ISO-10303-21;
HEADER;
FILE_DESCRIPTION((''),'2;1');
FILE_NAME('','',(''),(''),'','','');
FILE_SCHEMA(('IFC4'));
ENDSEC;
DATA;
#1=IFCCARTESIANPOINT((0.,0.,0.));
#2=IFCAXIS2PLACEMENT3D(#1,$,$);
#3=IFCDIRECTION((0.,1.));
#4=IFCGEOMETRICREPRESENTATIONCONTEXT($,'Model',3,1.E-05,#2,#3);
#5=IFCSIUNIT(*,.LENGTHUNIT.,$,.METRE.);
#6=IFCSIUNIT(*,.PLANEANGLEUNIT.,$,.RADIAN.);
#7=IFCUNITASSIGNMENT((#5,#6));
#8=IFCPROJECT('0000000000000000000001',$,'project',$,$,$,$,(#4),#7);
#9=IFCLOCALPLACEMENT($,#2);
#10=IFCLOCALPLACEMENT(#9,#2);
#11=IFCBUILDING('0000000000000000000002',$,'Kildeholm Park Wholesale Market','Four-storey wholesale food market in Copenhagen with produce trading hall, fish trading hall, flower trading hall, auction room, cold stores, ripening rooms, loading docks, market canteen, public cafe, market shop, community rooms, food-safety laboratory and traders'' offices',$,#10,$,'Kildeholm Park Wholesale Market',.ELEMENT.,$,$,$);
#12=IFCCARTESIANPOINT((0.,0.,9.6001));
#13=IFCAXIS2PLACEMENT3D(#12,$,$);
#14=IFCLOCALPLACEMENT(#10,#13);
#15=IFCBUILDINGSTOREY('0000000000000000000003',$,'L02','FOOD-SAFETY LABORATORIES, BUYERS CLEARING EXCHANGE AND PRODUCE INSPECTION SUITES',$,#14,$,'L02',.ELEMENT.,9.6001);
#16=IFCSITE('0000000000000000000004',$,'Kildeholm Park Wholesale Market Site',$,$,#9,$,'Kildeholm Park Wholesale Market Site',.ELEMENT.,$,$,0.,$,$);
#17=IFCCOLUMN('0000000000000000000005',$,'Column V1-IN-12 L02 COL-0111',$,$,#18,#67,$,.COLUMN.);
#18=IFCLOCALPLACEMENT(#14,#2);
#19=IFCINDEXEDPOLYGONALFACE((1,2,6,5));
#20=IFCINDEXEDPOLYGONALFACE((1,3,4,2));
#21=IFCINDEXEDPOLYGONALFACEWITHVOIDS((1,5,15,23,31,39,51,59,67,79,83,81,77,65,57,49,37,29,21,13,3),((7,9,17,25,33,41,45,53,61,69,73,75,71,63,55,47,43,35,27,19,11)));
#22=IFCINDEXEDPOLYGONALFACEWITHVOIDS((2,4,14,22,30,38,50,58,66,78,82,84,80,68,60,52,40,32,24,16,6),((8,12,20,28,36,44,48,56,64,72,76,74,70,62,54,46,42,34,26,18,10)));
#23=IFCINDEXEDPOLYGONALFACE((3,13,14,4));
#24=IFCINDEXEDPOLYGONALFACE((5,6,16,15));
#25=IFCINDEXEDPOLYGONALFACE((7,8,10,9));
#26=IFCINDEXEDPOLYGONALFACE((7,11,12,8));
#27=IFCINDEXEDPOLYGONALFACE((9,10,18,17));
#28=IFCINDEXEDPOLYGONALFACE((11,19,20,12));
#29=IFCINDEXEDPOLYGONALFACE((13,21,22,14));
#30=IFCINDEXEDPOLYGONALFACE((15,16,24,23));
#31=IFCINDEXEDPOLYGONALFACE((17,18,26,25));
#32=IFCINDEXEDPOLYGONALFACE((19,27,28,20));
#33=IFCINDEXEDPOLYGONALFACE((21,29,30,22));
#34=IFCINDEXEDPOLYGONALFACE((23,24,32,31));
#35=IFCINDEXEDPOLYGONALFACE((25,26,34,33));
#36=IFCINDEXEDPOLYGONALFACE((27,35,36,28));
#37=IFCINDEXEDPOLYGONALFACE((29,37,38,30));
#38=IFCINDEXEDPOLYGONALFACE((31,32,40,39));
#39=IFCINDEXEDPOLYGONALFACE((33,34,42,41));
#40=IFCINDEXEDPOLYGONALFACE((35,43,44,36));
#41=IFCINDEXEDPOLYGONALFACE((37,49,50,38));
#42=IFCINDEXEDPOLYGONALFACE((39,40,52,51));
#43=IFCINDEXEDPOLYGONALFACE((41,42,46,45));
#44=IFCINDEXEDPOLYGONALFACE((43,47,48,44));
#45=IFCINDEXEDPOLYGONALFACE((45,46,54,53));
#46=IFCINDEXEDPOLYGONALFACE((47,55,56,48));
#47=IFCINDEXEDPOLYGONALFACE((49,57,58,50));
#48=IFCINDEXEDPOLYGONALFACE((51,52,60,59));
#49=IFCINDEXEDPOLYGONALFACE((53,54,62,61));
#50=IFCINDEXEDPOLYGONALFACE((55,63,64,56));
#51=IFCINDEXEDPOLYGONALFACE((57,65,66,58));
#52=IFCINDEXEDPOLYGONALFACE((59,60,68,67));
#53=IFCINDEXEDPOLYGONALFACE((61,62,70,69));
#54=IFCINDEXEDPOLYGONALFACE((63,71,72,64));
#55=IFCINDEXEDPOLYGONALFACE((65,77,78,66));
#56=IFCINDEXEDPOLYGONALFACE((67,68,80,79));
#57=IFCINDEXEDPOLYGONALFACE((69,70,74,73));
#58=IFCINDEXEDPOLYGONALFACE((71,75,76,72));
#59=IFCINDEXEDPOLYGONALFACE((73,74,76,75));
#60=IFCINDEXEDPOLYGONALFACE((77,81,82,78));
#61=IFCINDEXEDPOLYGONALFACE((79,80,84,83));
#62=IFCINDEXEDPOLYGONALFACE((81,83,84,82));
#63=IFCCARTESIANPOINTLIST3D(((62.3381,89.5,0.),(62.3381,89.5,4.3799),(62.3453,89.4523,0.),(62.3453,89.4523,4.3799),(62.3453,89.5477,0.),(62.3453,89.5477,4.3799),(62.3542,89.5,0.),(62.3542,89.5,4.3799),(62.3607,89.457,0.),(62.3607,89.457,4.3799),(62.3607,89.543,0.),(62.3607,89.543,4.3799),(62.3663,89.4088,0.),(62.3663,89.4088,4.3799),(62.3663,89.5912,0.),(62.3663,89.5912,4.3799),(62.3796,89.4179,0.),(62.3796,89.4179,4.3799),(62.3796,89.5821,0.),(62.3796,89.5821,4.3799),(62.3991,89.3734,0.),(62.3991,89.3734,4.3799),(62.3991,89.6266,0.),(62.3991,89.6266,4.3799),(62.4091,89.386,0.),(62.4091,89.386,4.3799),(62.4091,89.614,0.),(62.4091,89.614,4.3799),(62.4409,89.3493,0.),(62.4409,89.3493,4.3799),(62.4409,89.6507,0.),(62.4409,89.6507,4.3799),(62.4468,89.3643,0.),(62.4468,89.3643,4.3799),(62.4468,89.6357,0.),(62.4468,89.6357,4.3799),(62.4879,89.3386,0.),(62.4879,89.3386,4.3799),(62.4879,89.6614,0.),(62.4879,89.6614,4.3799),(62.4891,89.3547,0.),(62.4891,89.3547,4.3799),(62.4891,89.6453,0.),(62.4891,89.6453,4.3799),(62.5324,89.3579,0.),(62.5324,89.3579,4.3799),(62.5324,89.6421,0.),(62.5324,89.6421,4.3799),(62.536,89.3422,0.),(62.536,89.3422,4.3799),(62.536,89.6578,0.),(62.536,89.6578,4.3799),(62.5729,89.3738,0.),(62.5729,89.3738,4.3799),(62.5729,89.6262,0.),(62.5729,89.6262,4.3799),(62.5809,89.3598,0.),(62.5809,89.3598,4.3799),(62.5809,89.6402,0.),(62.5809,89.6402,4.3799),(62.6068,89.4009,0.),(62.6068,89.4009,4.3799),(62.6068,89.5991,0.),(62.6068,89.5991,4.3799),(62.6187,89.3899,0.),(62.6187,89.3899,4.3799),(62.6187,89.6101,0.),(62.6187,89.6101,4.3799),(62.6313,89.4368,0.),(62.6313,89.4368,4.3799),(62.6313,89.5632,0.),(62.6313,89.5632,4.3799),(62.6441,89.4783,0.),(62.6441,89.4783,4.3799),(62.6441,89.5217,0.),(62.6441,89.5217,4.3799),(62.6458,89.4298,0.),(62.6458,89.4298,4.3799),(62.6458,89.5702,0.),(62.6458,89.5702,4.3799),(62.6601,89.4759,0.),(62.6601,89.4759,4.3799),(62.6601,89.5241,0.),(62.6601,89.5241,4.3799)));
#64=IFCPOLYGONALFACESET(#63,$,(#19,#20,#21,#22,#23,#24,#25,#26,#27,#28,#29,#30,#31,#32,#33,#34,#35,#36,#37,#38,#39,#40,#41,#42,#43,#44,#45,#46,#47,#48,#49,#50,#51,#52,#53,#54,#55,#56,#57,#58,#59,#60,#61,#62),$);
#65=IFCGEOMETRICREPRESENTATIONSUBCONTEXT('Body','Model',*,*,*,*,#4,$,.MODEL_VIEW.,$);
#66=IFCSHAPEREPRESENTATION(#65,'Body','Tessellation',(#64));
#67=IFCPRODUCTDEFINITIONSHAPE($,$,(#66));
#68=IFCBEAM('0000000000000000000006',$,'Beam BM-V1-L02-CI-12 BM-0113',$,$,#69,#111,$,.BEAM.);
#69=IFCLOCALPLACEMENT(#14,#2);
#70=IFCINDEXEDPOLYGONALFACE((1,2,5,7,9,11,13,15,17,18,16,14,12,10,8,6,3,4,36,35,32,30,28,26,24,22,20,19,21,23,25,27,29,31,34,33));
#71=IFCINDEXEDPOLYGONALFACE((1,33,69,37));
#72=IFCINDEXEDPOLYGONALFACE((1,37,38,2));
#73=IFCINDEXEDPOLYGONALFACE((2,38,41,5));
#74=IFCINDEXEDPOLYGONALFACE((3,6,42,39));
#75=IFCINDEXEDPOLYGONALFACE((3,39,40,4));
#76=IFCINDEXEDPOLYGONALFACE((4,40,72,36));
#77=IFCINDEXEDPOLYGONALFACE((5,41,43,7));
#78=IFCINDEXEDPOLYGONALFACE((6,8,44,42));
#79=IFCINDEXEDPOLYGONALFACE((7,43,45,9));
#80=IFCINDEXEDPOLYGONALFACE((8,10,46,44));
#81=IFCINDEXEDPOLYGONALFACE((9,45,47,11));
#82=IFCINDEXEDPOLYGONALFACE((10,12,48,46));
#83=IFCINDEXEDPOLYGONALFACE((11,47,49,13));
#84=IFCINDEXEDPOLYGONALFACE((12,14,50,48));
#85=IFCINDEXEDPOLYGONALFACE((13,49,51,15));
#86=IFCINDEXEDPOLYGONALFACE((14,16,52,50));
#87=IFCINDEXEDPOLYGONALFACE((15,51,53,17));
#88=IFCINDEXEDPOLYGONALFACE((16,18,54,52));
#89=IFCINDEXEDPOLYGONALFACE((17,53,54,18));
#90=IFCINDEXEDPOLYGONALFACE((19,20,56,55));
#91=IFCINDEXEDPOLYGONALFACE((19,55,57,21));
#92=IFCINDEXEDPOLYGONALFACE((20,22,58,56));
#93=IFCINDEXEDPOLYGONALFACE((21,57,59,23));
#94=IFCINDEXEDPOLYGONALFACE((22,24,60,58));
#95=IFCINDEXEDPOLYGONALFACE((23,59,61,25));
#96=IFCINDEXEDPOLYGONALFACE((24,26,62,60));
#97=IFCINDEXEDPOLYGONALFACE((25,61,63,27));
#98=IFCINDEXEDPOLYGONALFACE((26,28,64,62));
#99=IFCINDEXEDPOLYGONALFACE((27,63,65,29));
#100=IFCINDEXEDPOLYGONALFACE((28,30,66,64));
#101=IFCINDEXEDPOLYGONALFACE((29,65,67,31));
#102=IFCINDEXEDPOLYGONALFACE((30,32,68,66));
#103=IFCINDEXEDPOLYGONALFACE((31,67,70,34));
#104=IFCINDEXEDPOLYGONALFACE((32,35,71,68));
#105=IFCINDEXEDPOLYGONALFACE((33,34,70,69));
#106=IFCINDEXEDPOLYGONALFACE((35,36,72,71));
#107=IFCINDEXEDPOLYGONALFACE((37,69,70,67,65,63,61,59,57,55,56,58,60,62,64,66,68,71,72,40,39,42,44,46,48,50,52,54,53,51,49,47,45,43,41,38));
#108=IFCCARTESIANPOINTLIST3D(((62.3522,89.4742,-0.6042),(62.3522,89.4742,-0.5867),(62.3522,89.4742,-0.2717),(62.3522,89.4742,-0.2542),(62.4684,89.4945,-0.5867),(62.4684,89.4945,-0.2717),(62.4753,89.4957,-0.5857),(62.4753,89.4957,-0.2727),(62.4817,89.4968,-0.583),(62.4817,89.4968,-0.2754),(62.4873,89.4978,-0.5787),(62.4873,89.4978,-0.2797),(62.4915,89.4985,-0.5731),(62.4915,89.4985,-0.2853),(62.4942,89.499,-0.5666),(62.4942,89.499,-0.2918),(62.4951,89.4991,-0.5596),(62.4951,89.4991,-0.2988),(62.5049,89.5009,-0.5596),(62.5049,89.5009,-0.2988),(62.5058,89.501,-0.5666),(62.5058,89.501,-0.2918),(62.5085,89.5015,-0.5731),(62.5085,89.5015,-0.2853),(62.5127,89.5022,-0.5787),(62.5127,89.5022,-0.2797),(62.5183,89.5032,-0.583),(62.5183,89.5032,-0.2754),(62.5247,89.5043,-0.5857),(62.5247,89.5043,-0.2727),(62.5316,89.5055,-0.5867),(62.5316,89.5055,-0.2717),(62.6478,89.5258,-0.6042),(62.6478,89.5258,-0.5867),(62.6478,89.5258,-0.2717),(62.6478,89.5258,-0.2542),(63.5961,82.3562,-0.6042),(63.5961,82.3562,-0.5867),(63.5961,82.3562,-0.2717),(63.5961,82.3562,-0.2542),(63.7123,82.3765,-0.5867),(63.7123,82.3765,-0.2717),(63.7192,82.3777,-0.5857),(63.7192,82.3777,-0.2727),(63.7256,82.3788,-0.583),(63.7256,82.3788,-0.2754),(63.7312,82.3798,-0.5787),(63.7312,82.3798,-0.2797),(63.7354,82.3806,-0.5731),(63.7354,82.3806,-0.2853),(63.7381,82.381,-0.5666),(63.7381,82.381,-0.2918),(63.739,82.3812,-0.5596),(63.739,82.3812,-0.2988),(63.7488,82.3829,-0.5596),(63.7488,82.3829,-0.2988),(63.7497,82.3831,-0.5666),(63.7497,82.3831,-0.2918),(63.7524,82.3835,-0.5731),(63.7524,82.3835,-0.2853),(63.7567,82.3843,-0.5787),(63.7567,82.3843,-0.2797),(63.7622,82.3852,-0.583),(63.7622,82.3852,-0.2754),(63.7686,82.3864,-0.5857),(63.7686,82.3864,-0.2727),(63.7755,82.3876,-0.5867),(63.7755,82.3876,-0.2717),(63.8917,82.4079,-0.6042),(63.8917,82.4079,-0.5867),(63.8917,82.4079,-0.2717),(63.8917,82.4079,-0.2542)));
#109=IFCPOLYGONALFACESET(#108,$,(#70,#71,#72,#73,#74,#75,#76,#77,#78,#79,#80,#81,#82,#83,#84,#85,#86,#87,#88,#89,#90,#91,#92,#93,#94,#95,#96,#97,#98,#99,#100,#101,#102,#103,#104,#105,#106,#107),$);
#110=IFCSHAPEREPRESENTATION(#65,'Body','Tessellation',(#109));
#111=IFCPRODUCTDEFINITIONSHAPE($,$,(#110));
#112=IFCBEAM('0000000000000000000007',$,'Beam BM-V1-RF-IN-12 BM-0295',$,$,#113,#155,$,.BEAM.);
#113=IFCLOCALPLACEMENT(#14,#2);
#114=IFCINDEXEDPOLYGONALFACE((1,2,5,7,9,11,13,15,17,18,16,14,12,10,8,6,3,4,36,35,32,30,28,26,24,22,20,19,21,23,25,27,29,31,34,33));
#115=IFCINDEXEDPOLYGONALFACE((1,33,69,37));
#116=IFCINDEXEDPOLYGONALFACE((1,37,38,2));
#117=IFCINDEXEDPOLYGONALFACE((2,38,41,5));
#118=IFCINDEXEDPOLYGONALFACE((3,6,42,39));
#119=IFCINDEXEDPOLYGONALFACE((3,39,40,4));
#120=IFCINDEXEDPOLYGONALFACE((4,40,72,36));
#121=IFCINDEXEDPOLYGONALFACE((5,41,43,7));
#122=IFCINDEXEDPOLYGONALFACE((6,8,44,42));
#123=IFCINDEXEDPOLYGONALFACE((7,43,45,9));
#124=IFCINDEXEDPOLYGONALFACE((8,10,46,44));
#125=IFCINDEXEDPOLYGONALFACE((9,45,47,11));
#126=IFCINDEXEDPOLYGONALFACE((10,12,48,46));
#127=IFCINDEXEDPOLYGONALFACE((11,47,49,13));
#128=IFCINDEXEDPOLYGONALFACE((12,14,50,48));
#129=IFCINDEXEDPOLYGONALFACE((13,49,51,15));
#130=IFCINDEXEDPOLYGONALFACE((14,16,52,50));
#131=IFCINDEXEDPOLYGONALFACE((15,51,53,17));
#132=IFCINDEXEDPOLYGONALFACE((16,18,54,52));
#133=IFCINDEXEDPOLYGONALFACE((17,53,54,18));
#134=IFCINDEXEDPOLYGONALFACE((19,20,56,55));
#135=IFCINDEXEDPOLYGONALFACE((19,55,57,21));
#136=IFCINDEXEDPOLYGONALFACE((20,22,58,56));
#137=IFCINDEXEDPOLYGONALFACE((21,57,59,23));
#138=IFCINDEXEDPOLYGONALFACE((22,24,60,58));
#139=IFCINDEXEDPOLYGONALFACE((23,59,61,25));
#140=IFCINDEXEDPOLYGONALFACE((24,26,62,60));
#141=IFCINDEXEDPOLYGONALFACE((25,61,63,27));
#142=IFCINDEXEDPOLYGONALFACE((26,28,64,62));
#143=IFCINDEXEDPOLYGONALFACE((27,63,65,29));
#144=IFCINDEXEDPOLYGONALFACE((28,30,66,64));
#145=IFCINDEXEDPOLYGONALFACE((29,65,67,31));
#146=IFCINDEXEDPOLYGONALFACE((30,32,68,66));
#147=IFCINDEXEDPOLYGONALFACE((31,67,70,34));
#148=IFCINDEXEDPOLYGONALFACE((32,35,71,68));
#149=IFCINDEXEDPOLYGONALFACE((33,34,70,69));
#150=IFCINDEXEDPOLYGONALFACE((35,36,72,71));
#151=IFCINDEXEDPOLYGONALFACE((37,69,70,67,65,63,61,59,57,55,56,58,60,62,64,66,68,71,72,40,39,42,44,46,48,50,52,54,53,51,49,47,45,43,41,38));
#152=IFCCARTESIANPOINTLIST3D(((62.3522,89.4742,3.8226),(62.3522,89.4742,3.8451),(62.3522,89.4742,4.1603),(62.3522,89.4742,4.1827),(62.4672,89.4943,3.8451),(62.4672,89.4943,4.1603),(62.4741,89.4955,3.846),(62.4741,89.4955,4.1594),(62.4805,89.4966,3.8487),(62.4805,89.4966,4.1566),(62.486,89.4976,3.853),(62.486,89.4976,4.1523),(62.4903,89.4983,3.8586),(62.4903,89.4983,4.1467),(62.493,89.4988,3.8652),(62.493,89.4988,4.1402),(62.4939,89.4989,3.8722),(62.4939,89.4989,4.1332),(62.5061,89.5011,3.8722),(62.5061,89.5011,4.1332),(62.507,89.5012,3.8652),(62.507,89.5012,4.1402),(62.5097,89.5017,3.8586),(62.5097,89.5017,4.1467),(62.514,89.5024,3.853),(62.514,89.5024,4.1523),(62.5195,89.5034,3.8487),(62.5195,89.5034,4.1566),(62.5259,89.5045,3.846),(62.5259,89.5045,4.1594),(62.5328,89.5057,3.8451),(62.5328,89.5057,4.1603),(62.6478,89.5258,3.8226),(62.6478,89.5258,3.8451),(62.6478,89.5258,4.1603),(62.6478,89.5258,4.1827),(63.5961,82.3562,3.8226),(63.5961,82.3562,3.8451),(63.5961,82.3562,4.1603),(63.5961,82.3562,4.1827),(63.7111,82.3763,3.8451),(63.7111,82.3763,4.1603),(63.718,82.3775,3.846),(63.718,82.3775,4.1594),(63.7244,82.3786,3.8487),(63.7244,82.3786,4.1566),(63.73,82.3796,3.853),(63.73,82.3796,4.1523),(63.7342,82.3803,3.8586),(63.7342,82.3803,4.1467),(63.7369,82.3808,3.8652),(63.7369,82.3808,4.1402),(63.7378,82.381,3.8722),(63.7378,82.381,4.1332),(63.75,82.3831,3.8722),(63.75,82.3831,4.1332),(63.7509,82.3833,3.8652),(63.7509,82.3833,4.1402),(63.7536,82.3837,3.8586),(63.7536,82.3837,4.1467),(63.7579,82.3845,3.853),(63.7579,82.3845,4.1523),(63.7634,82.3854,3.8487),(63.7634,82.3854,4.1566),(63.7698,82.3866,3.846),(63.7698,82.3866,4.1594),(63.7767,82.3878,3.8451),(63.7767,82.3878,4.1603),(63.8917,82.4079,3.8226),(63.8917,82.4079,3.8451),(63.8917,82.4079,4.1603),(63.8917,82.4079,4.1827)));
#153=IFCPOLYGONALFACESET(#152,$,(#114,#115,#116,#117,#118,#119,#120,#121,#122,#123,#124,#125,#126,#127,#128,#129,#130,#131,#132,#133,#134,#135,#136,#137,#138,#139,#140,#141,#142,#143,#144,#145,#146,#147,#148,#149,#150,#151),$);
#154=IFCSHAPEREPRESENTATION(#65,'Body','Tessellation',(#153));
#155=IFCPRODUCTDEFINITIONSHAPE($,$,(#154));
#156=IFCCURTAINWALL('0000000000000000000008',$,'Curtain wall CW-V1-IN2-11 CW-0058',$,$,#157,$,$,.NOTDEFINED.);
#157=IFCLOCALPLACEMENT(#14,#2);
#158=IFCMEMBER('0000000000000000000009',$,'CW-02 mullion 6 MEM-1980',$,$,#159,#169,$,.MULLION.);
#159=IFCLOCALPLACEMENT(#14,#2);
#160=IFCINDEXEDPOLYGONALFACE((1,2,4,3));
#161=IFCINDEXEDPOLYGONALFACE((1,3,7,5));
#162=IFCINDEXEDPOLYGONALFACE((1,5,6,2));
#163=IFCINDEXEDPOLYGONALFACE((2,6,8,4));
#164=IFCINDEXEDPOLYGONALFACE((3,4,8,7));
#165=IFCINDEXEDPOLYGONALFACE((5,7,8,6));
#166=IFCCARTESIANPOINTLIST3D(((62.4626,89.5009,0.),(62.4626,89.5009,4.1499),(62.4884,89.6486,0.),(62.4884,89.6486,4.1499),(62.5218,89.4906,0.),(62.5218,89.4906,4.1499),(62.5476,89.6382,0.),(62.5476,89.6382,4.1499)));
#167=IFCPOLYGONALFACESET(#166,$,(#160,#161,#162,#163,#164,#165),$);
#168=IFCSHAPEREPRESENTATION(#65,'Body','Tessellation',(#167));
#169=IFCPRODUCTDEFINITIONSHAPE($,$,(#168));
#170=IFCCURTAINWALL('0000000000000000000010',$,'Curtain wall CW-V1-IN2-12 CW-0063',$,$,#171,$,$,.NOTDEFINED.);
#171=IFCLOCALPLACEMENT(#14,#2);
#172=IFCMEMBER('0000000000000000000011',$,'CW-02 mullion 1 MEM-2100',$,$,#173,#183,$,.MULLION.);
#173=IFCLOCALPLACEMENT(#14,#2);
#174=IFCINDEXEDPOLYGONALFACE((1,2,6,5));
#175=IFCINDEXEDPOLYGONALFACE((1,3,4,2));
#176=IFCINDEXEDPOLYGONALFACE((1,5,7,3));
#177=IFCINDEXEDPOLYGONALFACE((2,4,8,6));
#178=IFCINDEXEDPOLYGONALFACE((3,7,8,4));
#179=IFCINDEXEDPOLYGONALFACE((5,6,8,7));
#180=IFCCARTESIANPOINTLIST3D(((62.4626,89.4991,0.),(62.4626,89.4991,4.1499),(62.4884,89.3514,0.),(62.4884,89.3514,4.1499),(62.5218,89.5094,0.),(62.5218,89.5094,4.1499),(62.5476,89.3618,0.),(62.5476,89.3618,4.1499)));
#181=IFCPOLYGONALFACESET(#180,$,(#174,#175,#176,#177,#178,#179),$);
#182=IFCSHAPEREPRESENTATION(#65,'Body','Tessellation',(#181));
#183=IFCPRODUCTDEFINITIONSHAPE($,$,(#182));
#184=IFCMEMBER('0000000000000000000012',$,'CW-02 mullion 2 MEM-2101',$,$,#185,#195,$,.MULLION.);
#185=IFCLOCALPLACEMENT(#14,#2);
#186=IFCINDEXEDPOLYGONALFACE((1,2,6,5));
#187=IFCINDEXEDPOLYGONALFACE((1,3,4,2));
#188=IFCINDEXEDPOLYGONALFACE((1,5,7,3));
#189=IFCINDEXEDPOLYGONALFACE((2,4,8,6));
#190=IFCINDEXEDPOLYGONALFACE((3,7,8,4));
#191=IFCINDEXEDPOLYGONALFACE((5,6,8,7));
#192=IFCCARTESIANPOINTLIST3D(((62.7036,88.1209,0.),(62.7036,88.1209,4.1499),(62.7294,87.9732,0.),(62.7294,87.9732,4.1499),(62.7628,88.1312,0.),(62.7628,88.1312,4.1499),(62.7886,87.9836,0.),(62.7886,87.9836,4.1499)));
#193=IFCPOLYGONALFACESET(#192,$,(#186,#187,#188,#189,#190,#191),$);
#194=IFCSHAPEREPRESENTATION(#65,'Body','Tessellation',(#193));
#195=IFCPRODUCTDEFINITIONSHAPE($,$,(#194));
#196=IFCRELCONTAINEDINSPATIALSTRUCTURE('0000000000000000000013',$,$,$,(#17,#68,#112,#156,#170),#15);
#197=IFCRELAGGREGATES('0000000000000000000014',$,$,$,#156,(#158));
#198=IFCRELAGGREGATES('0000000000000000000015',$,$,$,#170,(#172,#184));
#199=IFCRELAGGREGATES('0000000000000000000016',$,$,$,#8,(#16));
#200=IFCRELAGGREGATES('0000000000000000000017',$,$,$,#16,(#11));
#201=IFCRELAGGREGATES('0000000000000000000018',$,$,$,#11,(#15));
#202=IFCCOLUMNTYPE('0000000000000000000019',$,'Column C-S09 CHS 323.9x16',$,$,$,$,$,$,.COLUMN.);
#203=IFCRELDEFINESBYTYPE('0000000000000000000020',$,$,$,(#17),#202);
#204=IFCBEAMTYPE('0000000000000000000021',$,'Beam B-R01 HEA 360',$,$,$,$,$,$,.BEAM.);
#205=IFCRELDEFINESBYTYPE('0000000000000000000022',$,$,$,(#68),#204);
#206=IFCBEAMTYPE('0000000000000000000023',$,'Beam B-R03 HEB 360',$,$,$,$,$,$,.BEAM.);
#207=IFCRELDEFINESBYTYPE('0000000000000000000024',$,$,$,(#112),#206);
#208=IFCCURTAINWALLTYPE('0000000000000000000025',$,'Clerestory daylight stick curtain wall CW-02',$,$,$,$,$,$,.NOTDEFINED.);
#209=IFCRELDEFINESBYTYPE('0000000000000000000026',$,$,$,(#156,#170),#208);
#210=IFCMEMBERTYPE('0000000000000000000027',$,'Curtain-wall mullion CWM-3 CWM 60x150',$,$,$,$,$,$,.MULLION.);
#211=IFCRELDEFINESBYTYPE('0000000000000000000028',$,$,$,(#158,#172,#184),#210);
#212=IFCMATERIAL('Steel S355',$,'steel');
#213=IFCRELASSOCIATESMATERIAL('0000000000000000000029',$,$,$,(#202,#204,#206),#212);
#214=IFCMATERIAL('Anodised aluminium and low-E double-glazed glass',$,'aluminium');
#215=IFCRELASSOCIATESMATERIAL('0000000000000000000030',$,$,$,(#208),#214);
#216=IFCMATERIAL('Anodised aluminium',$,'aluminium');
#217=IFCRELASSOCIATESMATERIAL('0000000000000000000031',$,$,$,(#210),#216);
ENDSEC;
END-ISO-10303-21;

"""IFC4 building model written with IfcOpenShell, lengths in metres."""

from ifc_helpers import new_model, si_unit, direction, frame, origin, origin_2d, place, context, subcontext, project, spatial, rectangle, hollow_circle, i_section, extrude, material, material_profile, profile_set, type_object, element, aggregate, save


model = new_model("IFC4")

# Units and contexts
model_context = context("Model", 3, precision=1e-05, world=origin(), true_north=direction((0.0, 1.0)))
body_context = subcontext(model_context, "Body", "Model", "MODEL_VIEW")
ifc_project = project(units=[si_unit("LENGTHUNIT", "METRE"), si_unit("PLANEANGLEUNIT", "RADIAN")], contexts=[model_context])

# Site, building, storey
site_placement = place(None, origin())
site = spatial("IfcSite", under=ifc_project, at=site_placement, Name="Kildeholm Park Wholesale Market Site", LongName="Kildeholm Park Wholesale Market Site", CompositionType="ELEMENT", RefElevation=0.0)
building_placement = place(site_placement, origin())
building = spatial("IfcBuilding", under=site, at=building_placement, Name="Kildeholm Park Wholesale Market", Description="Four-storey wholesale food market in Copenhagen with produce trading hall, fish trading hall, flower trading hall, auction room, cold stores, ripening rooms, loading docks, market canteen, public cafe, market shop, community rooms, food-safety laboratory and traders' offices", LongName="Kildeholm Park Wholesale Market", CompositionType="ELEMENT")
storey_placement = place(building_placement, frame((0.0, 0.0, 9.6001)))
storey = spatial("IfcBuildingStorey", under=building, at=storey_placement, Name="L02", Description="FOOD-SAFETY LABORATORIES, BUYERS CLEARING EXCHANGE AND PRODUCE INSPECTION SUITES", LongName="L02", CompositionType="ELEMENT", Elevation=9.6001)

# Column
ifc_material_1 = material(Name="Steel S355", Category="steel")
ifc_material_profile_1 = material_profile(ifc_material_1, hollow_circle(Radius=0.1619, WallThickness=0.0161, at=origin_2d()), Name="CHS 323.9x16")
ifc_profile_set_1 = profile_set([ifc_material_profile_1], Name="Steel S355")
column_type = type_object("IfcColumnType", Name="Column C-S09 CHS 323.9x16", PredefinedType="COLUMN", material=ifc_profile_set_1)
column_placement = place(storey_placement, frame((62.5, 89.5, 0.0), z_axis=(0.0, 0.0, 1.0), x_axis=(-1.0, 0.0, 0.0)))
element("IfcColumn", 1, at=column_placement, inside=storey, type_object=column_type, Name="Column V1-IN-12 L02 COL-0111", PredefinedType="COLUMN", context=body_context, shape_type="SweptSolid", body=[
    extrude(hollow_circle(Radius=0.1619, WallThickness=0.0161, at=origin_2d()), origin(), (0.0, 0.0, 1.0), 4.3799),
])

# Beams
ifc_material_profile_2 = material_profile(ifc_material_1, i_section(OverallWidth=0.3, OverallDepth=0.3501, WebThickness=0.01, FlangeThickness=0.0176, FilletRadius=0.0271, at=origin_2d()), Name="HEA 360")
ifc_profile_set_2 = profile_set([ifc_material_profile_2], Name="Steel S355")
beam_type_1 = type_object("IfcBeamType", Name="Beam B-R01 HEA 360", PredefinedType="BEAM", material=ifc_profile_set_2)
beam_1_placement = place(storey_placement, frame((62.5, 89.5, -0.4292), z_axis=(0.172147, -0.985071, 0.0), x_axis=(0.985071, 0.172147, 0.0)))
element("IfcBeam", 2, at=beam_1_placement, inside=storey, type_object=beam_type_1, Name="Beam BM-V1-L02-CI-12 BM-0113", PredefinedType="BEAM", context=body_context, shape_type="SweptSolid", body=[
    extrude(i_section(OverallWidth=0.3, OverallDepth=0.3501, WebThickness=0.01, FlangeThickness=0.0176, FilletRadius=0.0271, at=origin_2d()), origin(), (0.0, 0.0, 1.0), 7.2258),
])
ifc_material_profile_3 = material_profile(ifc_material_1, i_section(OverallWidth=0.3, OverallDepth=0.3601, WebThickness=0.0125, FlangeThickness=0.0225, FilletRadius=0.0271, at=origin_2d()), Name="HEB 360")
ifc_profile_set_3 = profile_set([ifc_material_profile_3], Name="Steel S355")
beam_type_2 = type_object("IfcBeamType", Name="Beam B-R03 HEB 360", PredefinedType="BEAM", material=ifc_profile_set_3)
beam_2_placement = place(storey_placement, frame((62.5, 89.5, 4.0027), z_axis=(0.172147, -0.985071, 0.0), x_axis=(0.985071, 0.172147, 0.0)))
element("IfcBeam", 3, at=beam_2_placement, inside=storey, type_object=beam_type_2, Name="Beam BM-V1-RF-IN-12 BM-0295", PredefinedType="BEAM", context=body_context, shape_type="SweptSolid", body=[
    extrude(i_section(OverallWidth=0.3, OverallDepth=0.3601, WebThickness=0.0125, FlangeThickness=0.0225, FilletRadius=0.0271, at=origin_2d()), origin(), (0.0, 0.0, 1.0), 7.2258),
])

# Curtain wall, member
ifc_material_2 = material(Name="Anodised aluminium and low-E double-glazed glass", Category="aluminium")
curtain_wall_type = type_object("IfcCurtainWallType", Name="Clerestory daylight stick curtain wall CW-02", PredefinedType="NOTDEFINED", material=ifc_material_2)
curtain_wall_1_placement = place(storey_placement, origin())
curtain_wall_1 = element("IfcCurtainWall", 4, at=curtain_wall_1_placement, inside=storey, type_object=curtain_wall_type, Name="Curtain wall CW-V1-IN2-11 CW-0058", PredefinedType="NOTDEFINED")
ifc_material_3 = material(Name="Anodised aluminium", Category="aluminium")
ifc_material_profile_4 = material_profile(ifc_material_3, rectangle(XDim=0.0601, YDim=0.1499, at=origin_2d()), Name="CWM 60x150")
ifc_profile_set_4 = profile_set([ifc_material_profile_4], Name="Anodised aluminium")
member_type_1 = type_object("IfcMemberType", Name="Curtain-wall mullion CWM-3 CWM 60x150", PredefinedType="MULLION", material=ifc_profile_set_4)
member_1_placement = place(storey_placement, frame((62.5051, 89.5696, 0.0), z_axis=(0.0, 0.0, 1.0), x_axis=(0.985074, -0.172133, 0.0)))
member_1 = element("IfcMember", 5, at=member_1_placement, type_object=member_type_1, Name="CW-02 mullion 6 MEM-1980", PredefinedType="MULLION", context=body_context, shape_type="SweptSolid", body=[
    extrude(rectangle(XDim=0.0601, YDim=0.1499, at=origin_2d()), origin(), (0.0, 0.0, 1.0), 4.1499),
])

# Curtain wall, members
curtain_wall_2_placement = place(storey_placement, origin())
curtain_wall_2 = element("IfcCurtainWall", 6, at=curtain_wall_2_placement, inside=storey, type_object=curtain_wall_type, Name="Curtain wall CW-V1-IN2-12 CW-0063", PredefinedType="NOTDEFINED")
member_2_placement = place(storey_placement, frame((62.5051, 89.4304, 0.0), z_axis=(0.0, 0.0, 1.0), x_axis=(0.985074, 0.172133, 0.0)))
member_2 = element("IfcMember", 7, at=member_2_placement, type_object=member_type_1, Name="CW-02 mullion 1 MEM-2100", PredefinedType="MULLION", context=body_context, shape_type="SweptSolid", body=[
    extrude(rectangle(XDim=0.0601, YDim=0.1499, at=origin_2d()), origin(), (0.0, 0.0, 1.0), 4.1499),
])
member_3_placement = place(storey_placement, frame((62.7461, 88.0522, 0.0), z_axis=(0.0, 0.0, 1.0), x_axis=(0.985074, 0.172133, 0.0)))
member_3 = element("IfcMember", 8, at=member_3_placement, type_object=member_type_1, Name="CW-02 mullion 2 MEM-2101", PredefinedType="MULLION", context=body_context, shape_type="SweptSolid", body=[
    extrude(rectangle(XDim=0.0601, YDim=0.1499, at=origin_2d()), origin(), (0.0, 0.0, 1.0), 4.1499),
])

aggregate(curtain_wall_1, [member_1])
aggregate(curtain_wall_2, [member_2, member_3])

save(model, "model.ifc")
